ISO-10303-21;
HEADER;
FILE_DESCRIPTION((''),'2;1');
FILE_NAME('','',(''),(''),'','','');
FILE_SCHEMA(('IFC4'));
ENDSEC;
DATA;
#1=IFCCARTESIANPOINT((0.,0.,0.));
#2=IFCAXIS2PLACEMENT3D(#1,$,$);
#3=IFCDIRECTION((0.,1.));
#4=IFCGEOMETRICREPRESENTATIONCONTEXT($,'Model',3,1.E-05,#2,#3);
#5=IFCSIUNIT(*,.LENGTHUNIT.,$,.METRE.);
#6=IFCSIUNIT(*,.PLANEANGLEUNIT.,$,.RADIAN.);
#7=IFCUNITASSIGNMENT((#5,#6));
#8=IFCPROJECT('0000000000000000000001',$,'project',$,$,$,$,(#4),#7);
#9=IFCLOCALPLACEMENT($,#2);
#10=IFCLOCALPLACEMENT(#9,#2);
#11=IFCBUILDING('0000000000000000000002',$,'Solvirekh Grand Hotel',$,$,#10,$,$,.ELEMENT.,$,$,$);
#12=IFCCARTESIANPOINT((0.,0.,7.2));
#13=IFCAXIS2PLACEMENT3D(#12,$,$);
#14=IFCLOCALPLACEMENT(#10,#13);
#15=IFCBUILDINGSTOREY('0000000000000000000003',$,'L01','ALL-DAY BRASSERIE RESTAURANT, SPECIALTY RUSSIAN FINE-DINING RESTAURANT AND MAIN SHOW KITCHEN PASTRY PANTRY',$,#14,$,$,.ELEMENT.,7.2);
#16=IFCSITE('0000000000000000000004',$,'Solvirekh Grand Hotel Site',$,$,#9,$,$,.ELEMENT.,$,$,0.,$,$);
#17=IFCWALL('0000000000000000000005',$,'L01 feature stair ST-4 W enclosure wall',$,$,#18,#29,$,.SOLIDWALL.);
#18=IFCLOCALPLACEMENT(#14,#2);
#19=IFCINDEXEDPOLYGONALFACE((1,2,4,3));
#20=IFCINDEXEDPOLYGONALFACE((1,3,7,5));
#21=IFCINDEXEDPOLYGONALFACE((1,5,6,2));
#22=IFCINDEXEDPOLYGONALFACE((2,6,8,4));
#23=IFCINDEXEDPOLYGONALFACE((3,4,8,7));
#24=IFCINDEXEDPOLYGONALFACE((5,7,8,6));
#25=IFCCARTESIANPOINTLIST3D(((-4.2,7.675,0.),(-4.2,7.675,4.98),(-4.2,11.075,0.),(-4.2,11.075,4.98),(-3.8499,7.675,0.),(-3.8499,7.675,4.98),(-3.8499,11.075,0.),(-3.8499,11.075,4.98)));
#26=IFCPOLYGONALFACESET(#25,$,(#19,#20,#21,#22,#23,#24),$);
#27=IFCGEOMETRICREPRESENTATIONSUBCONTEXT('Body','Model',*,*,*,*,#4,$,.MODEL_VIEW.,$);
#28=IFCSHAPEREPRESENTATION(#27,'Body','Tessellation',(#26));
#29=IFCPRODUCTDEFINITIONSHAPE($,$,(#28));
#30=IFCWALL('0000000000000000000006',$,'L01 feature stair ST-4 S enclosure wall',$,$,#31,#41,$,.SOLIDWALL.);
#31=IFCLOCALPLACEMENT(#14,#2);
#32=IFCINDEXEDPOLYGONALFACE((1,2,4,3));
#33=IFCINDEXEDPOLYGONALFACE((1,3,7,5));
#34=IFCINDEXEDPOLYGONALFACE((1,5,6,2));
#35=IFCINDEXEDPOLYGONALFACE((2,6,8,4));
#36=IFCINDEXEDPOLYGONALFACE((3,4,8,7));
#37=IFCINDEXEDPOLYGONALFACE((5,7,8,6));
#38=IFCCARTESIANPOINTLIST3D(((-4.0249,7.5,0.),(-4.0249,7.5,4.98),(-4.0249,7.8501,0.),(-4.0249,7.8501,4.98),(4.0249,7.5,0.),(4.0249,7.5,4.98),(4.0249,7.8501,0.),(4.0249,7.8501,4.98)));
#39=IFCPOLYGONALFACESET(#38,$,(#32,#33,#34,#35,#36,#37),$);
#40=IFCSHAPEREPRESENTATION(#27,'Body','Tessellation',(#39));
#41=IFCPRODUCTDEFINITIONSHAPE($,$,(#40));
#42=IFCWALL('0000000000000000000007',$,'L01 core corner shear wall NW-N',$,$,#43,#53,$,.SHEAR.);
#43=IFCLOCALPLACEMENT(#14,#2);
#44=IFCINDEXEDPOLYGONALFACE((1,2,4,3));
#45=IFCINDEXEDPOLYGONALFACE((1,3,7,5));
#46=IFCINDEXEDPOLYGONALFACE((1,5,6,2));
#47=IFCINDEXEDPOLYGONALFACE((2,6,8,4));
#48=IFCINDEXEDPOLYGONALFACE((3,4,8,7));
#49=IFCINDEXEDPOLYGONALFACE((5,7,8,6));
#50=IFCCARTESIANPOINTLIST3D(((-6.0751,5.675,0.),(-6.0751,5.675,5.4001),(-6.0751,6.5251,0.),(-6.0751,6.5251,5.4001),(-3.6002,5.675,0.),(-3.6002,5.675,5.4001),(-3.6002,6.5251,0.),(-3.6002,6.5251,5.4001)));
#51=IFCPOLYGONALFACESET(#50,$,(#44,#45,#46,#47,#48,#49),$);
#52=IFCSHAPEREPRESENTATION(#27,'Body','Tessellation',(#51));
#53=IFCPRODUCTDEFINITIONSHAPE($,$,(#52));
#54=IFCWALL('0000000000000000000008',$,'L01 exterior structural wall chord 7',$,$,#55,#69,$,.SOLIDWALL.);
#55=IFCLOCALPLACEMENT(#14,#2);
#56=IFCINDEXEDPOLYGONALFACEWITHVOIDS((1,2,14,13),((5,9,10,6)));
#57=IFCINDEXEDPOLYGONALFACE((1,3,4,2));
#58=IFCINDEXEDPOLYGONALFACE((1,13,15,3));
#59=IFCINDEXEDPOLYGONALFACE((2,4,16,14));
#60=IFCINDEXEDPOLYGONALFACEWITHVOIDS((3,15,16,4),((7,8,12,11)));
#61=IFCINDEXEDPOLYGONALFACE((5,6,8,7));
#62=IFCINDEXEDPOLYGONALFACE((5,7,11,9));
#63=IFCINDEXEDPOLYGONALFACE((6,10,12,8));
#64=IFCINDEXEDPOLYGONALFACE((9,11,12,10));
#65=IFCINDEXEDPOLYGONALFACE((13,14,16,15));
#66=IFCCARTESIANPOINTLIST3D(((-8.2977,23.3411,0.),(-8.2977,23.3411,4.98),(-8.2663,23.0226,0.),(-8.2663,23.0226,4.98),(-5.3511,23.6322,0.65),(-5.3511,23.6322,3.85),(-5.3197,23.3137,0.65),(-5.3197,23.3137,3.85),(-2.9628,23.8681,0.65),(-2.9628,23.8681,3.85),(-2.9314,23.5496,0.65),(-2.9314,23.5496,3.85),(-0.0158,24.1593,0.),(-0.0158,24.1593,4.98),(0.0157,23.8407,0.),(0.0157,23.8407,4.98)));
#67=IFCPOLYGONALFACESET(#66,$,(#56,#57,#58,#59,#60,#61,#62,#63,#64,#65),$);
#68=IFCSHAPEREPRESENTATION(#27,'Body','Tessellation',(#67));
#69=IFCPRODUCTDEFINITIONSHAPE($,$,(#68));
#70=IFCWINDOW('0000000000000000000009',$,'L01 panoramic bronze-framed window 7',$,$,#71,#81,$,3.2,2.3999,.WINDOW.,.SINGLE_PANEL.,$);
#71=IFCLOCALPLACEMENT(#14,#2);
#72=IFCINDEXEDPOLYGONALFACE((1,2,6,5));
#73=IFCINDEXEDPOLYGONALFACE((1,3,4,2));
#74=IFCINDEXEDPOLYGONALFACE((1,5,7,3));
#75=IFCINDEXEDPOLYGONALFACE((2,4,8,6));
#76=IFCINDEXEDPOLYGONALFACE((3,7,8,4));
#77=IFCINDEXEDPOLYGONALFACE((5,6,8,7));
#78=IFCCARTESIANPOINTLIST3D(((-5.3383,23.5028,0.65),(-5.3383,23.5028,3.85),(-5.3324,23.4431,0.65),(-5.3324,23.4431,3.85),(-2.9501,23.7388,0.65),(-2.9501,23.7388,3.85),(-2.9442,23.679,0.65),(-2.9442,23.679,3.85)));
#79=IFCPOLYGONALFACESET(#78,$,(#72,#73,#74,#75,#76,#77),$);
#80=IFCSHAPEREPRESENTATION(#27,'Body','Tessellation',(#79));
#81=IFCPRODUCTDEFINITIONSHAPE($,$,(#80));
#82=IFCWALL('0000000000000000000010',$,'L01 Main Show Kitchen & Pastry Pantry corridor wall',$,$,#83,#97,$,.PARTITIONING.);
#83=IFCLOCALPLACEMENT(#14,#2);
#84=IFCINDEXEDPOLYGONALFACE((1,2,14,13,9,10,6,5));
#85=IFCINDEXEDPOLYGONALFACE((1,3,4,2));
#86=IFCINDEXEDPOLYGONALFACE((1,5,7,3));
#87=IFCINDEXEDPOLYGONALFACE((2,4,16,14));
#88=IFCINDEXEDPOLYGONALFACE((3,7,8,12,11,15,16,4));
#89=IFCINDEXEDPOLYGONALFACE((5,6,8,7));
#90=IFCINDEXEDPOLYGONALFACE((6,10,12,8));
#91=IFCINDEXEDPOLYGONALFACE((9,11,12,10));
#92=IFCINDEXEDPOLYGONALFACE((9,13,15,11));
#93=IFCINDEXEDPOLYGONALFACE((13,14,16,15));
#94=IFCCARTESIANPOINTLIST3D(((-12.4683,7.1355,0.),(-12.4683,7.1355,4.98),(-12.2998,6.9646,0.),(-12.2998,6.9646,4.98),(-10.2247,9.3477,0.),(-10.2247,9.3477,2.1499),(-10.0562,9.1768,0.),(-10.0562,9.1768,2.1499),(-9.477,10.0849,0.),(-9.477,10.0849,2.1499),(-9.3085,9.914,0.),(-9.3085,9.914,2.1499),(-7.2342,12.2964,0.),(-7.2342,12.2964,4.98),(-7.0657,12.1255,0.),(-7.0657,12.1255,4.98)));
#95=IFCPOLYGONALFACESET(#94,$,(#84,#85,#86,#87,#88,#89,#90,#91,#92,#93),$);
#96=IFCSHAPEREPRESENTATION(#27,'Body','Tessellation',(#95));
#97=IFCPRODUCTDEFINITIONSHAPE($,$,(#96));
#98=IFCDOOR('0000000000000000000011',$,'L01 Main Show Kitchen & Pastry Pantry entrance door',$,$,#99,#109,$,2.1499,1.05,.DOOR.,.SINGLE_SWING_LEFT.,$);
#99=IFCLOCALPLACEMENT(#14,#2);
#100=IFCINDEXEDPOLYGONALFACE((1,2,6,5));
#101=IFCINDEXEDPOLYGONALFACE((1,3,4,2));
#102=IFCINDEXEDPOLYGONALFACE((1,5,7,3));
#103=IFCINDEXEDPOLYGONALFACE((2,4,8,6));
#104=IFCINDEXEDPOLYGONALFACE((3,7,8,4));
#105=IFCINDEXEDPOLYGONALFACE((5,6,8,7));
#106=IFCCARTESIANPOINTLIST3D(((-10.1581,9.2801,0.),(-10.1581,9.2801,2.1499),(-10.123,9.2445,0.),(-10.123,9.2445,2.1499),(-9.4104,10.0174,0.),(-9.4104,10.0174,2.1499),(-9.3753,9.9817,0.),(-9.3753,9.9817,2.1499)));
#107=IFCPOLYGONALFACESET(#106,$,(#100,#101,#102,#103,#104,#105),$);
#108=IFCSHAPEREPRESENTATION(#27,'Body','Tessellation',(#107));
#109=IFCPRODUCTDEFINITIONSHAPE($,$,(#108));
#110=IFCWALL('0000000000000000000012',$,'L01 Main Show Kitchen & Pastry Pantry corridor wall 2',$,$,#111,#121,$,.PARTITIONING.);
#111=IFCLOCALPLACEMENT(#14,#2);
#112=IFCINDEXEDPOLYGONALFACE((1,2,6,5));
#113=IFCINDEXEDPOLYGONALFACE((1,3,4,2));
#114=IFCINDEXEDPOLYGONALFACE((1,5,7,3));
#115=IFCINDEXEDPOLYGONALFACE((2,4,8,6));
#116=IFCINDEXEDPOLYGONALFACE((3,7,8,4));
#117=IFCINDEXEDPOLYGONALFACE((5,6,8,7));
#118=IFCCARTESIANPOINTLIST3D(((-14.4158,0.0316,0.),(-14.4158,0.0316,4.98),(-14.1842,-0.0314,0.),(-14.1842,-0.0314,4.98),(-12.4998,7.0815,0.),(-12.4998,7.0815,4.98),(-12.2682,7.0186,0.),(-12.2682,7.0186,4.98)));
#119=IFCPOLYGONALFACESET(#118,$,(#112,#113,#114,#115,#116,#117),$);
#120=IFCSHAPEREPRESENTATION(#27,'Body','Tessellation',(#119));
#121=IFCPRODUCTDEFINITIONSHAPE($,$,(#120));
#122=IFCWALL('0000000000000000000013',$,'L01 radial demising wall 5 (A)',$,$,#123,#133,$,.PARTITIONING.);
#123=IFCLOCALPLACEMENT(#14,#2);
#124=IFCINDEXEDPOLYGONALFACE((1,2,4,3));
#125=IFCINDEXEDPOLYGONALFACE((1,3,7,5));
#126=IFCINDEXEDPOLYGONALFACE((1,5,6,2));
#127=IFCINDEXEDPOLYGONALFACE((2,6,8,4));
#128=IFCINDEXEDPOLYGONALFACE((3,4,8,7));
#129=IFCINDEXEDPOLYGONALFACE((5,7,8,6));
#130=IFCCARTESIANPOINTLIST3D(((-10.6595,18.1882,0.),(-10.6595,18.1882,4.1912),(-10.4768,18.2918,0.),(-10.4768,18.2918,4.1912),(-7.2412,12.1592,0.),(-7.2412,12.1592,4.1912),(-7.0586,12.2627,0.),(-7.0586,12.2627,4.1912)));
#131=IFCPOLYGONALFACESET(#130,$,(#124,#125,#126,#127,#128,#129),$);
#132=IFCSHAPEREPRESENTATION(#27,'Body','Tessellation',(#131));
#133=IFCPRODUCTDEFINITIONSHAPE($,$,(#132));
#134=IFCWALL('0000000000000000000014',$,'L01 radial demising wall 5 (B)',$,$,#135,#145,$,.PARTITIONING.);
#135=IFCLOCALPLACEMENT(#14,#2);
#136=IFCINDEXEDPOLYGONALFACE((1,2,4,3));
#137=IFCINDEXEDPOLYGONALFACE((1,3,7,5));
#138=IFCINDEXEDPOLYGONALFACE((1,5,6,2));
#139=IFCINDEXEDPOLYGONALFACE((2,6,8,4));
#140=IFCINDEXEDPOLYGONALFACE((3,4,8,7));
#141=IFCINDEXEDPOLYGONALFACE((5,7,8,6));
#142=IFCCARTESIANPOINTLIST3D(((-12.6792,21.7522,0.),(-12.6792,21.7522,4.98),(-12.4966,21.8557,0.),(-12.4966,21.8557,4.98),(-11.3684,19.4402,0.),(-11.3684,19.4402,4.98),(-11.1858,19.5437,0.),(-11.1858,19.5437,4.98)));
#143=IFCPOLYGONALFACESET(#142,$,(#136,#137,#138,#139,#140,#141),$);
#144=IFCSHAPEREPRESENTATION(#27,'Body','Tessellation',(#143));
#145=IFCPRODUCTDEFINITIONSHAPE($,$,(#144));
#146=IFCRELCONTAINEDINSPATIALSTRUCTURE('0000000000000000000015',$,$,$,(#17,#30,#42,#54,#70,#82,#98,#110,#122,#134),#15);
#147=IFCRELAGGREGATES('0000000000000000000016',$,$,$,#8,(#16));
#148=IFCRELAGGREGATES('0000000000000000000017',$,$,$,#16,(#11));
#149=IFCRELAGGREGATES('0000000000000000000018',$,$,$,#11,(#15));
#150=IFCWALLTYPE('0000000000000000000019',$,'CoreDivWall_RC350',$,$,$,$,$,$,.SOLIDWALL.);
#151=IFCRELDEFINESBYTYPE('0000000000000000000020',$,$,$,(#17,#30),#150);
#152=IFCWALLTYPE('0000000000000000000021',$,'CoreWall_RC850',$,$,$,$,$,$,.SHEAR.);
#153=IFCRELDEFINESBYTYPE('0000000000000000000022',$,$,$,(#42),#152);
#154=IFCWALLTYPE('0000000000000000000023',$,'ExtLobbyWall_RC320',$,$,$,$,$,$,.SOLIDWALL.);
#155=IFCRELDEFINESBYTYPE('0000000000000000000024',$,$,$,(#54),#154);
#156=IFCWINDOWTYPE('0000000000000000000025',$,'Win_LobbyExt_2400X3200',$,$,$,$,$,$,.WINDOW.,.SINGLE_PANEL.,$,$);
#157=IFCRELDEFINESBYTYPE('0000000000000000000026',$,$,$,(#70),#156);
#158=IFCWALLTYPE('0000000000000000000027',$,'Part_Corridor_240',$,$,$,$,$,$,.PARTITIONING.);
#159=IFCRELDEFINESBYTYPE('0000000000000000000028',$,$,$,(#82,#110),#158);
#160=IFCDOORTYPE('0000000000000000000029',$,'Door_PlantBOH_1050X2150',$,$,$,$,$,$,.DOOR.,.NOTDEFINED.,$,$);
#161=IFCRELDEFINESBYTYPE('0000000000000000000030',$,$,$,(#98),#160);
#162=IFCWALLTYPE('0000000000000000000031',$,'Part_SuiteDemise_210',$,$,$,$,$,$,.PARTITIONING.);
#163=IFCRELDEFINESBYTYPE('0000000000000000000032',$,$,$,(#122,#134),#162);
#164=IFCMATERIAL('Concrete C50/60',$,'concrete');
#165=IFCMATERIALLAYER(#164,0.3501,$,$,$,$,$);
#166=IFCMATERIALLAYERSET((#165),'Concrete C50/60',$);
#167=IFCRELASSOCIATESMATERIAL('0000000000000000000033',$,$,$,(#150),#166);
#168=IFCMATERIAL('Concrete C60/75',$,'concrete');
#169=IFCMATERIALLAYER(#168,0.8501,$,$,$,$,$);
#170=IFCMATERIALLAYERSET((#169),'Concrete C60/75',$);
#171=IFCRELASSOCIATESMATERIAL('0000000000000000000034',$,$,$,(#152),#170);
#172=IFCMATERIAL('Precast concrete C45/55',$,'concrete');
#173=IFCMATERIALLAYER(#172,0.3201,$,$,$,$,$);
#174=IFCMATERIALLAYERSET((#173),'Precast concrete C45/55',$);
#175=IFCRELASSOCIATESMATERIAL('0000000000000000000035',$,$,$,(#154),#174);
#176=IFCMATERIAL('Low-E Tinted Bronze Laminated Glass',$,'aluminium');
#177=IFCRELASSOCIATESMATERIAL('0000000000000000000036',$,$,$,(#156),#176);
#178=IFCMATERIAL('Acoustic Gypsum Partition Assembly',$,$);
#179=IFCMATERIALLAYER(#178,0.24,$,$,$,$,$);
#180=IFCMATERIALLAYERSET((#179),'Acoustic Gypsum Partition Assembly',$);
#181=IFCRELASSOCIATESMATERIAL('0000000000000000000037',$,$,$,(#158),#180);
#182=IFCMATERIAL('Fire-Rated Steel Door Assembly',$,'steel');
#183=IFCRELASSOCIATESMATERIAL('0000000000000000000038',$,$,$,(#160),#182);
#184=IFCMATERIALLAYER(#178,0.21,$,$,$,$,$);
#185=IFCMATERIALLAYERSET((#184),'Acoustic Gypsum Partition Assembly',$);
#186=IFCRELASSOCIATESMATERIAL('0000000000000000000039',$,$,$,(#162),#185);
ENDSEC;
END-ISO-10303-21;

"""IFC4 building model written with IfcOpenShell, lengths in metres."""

from ifc_helpers import new_model, si_unit, direction, frame, frame_2d, origin, place, context, subcontext, project, spatial, rectangle, extrude, material, layer, layer_set, type_object, element, fill, save


model = new_model("IFC4")

# Units and contexts
model_context = context("Model", 3, precision=1e-05, world=origin(), true_north=direction((0.0, 1.0)))
body_context = subcontext(model_context, "Body", "Model", "MODEL_VIEW")
ifc_project = project(units=[si_unit("LENGTHUNIT", "METRE"), si_unit("PLANEANGLEUNIT", "RADIAN")], contexts=[model_context])

# Site, building, storey
site_placement = place(None, origin())
site = spatial("IfcSite", under=ifc_project, at=site_placement, Name="Solvirekh Grand Hotel Site", CompositionType="ELEMENT", RefElevation=0.0)
building_placement = place(site_placement, origin())
building = spatial("IfcBuilding", under=site, at=building_placement, Name="Solvirekh Grand Hotel", CompositionType="ELEMENT")
storey_placement = place(building_placement, frame((0.0, 0.0, 7.2)))
storey = spatial("IfcBuildingStorey", under=building, at=storey_placement, Name="L01", Description="ALL-DAY BRASSERIE RESTAURANT, SPECIALTY RUSSIAN FINE-DINING RESTAURANT AND MAIN SHOW KITCHEN PASTRY PANTRY", CompositionType="ELEMENT", Elevation=7.2)

# Shared definitions
ifc_material_1 = material(Name="Concrete C60/75", Category="concrete")

# Shared definitions
ifc_material_2 = material(Name="Low-E Tinted Bronze Laminated Glass", Category="aluminium")

# Walls
ifc_material_3 = material(Name="Concrete C50/60", Category="concrete")
ifc_layer_1 = layer(ifc_material_3, 0.3501)
ifc_layer_set_1 = layer_set([ifc_layer_1], Name="Concrete C50/60")
wall_type_1 = type_object("IfcWallType", Name="CoreDivWall_RC350", PredefinedType="SOLIDWALL", material=ifc_layer_set_1)
wall_1_placement = place(storey_placement, frame((-4.0249, 11.075, 0.0), z_axis=(0.0, 0.0, 1.0), x_axis=(0.0, -1.0, 0.0)))
element("IfcWall", 1, at=wall_1_placement, inside=storey, type_object=wall_type_1, Name="L01 feature stair ST-4 W enclosure wall", PredefinedType="SOLIDWALL", context=body_context, shape_type="SweptSolid", body=[
    extrude(rectangle(XDim=3.3999, YDim=0.3501, at=frame_2d((1.7, 0.0))), origin(), (0.0, 0.0, 1.0), 4.98),
])
wall_2_placement = place(storey_placement, frame((-4.0249, 7.675, 0.0), z_axis=(0.0, 0.0, 1.0), x_axis=(1.0, 0.0, 0.0)))
element("IfcWall", 2, at=wall_2_placement, inside=storey, type_object=wall_type_1, Name="L01 feature stair ST-4 S enclosure wall", PredefinedType="SOLIDWALL", context=body_context, shape_type="SweptSolid", body=[
    extrude(rectangle(XDim=8.0498, YDim=0.3501, at=frame_2d((4.0249, 0.0))), origin(), (0.0, 0.0, 1.0), 4.98),
])
ifc_layer_2 = layer(ifc_material_1, 0.8501)
ifc_layer_set_2 = layer_set([ifc_layer_2], Name="Concrete C60/75")
wall_type_2 = type_object("IfcWallType", Name="CoreWall_RC850", PredefinedType="SHEAR", material=ifc_layer_set_2)
wall_3_placement = place(storey_placement, frame((-6.075, 6.1001, 0.0), z_axis=(0.0, 0.0, 1.0), x_axis=(1.0, 0.0, 0.0)))
element("IfcWall", 3, at=wall_3_placement, inside=storey, type_object=wall_type_2, Name="L01 core corner shear wall NW-N", PredefinedType="SHEAR", context=body_context, shape_type="SweptSolid", body=[
    extrude(rectangle(XDim=2.4749, YDim=0.8501, at=frame_2d((1.2373, 0.0))), origin(), (0.0, 0.0, 1.0), 5.4001),
])

# Wall, opening, window
ifc_material_4 = material(Name="Precast concrete C45/55", Category="concrete")
ifc_layer_3 = layer(ifc_material_4, 0.3201)
ifc_layer_set_3 = layer_set([ifc_layer_3], Name="Precast concrete C45/55")
wall_type_3 = type_object("IfcWallType", Name="ExtLobbyWall_RC320", PredefinedType="SOLIDWALL", material=ifc_layer_set_3)
wall_4_placement = place(storey_placement, frame((-8.282, 23.1819, 0.0), z_axis=(0.0, 0.0, 1.0), x_axis=(0.995156, 0.098304, 0.0)))
wall_4 = element("IfcWall", 4, at=wall_4_placement, inside=storey, type_object=wall_type_3, Name="L01 exterior structural wall chord 7", PredefinedType="SOLIDWALL", context=body_context, shape_type="SweptSolid", body=[
    extrude(rectangle(XDim=8.3223, YDim=0.3201, at=frame_2d((4.1611, 0.0))), origin(), (0.0, 0.0, 1.0), 4.98),
])
opening_1_placement = place(wall_4_placement, frame((2.9609, 0.0, 0.6499)))
opening_1 = element("IfcOpeningElement", 5, at=opening_1_placement, cuts=wall_4, PredefinedType="OPENING", context=body_context, shape_type="SweptSolid", body=[
    extrude(rectangle(XDim=2.3999, YDim=3.2, at=frame_2d((1.2, 1.6001))), frame((0.0, 0.1699, 0.0), z_axis=(0.0, -1.0, 0.0), x_axis=(1.0, 0.0, 0.0)), (0.0, 0.0, 1.0), 0.3401),
])
window_type = type_object("IfcWindowType", Name="Win_LobbyExt_2400X3200", PartitioningType="SINGLE_PANEL", PredefinedType="WINDOW", material=ifc_material_2)
window_placement = place(opening_1_placement, origin())
window = element("IfcWindow", 6, at=window_placement, inside=storey, type_object=window_type, Name="L01 panoramic bronze-framed window 7", OverallHeight=3.2, OverallWidth=2.3999, PartitioningType="SINGLE_PANEL", PredefinedType="WINDOW", context=body_context, shape_type="SweptSolid", body=[
    extrude(rectangle(XDim=2.3999, YDim=3.2, at=frame_2d((1.2, 1.6001))), frame((0.0, 0.03, 0.0), z_axis=(0.0, -1.0, 0.0), x_axis=(1.0, 0.0, 0.0)), (0.0, 0.0, 1.0), 0.0601),
])
fill(opening_1, window)

# Wall, opening, door
ifc_material_5 = material(Name="Acoustic Gypsum Partition Assembly")
ifc_layer_4 = layer(ifc_material_5, 0.24)
ifc_layer_set_4 = layer_set([ifc_layer_4], Name="Acoustic Gypsum Partition Assembly")
wall_type_4 = type_object("IfcWallType", Name="Part_Corridor_240", PredefinedType="PARTITIONING", material=ifc_layer_set_4)
wall_5_placement = place(storey_placement, frame((-7.1499, 12.2109, 0.0), z_axis=(0.0, 0.0, 1.0), x_axis=(-0.712071, -0.702107, 0.0)))
wall_5 = element("IfcWall", 7, at=wall_5_placement, inside=storey, type_object=wall_type_4, Name="L01 Main Show Kitchen & Pastry Pantry corridor wall", PredefinedType="PARTITIONING", context=body_context, shape_type="SweptSolid", body=[
    extrude(rectangle(XDim=7.3506, YDim=0.24, at=frame_2d((3.6753, 0.0))), origin(), (0.0, 0.0, 1.0), 4.98),
])
opening_2_placement = place(wall_5_placement, frame((3.1499, 0.0, 0.0)))
opening_2 = element("IfcOpeningElement", 8, at=opening_2_placement, cuts=wall_5, PredefinedType="OPENING", context=body_context, shape_type="SweptSolid", body=[
    extrude(rectangle(XDim=1.05, YDim=2.1499, at=frame_2d((0.5249, 1.075))), frame((0.0, 0.1299, 0.0), z_axis=(0.0, -1.0, 0.0), x_axis=(1.0, 0.0, 0.0)), (0.0, 0.0, 1.0), 0.26),
])
ifc_material_6 = material(Name="Fire-Rated Steel Door Assembly", Category="steel")
door_type = type_object("IfcDoorType", Name="Door_PlantBOH_1050X2150", OperationType="NOTDEFINED", PredefinedType="DOOR", material=ifc_material_6)
door_placement = place(opening_2_placement, origin())
door = element("IfcDoor", 9, at=door_placement, inside=storey, type_object=door_type, Name="L01 Main Show Kitchen & Pastry Pantry entrance door", OperationType="SINGLE_SWING_LEFT", OverallHeight=2.1499, OverallWidth=1.05, PredefinedType="DOOR", context=body_context, shape_type="SweptSolid", body=[
    extrude(rectangle(XDim=1.05, YDim=2.1499, at=frame_2d((0.5249, 1.075))), frame((0.0, 0.0249, 0.0), z_axis=(0.0, -1.0, 0.0), x_axis=(1.0, 0.0, 0.0)), (0.0, 0.0, 1.0), 0.05),
])
fill(opening_2, door)

# Walls
wall_6_placement = place(storey_placement, frame((-12.384, 7.05, 0.0), z_axis=(0.0, 0.0, 1.0), x_axis=(-0.262261, -0.964997, 0.0)))
element("IfcWall", 10, at=wall_6_placement, inside=storey, type_object=wall_type_4, Name="L01 Main Show Kitchen & Pastry Pantry corridor wall 2", PredefinedType="PARTITIONING", context=body_context, shape_type="SweptSolid", body=[
    extrude(rectangle(XDim=7.3057, YDim=0.24, at=frame_2d((3.6528, 0.0))), origin(), (0.0, 0.0, 1.0), 4.98),
])
ifc_layer_5 = layer(ifc_material_5, 0.21)
ifc_layer_set_5 = layer_set([ifc_layer_5], Name="Acoustic Gypsum Partition Assembly")
wall_type_5 = type_object("IfcWallType", Name="Part_SuiteDemise_210", PredefinedType="PARTITIONING", material=ifc_layer_set_5)
wall_7_placement = place(storey_placement, frame((-7.1499, 12.2109, 0.0), z_axis=(0.0, 0.0, 1.0), x_axis=(-0.493204, 0.869914, 0.0)))
element("IfcWall", 11, at=wall_7_placement, inside=storey, type_object=wall_type_5, Name="L01 radial demising wall 5 (A)", PredefinedType="PARTITIONING", context=body_context, shape_type="SweptSolid", body=[
    extrude(rectangle(XDim=6.9307, YDim=0.21, at=frame_2d((3.4653, 0.0))), origin(), (0.0, 0.0, 1.0), 4.1912),
])
wall_8_placement = place(storey_placement, frame((-11.2771, 19.4919, 0.0), z_axis=(0.0, 0.0, 1.0), x_axis=(-0.493198, 0.869917, 0.0)))
element("IfcWall", 12, at=wall_8_placement, inside=storey, type_object=wall_type_5, Name="L01 radial demising wall 5 (B)", PredefinedType="PARTITIONING", context=body_context, shape_type="SweptSolid", body=[
    extrude(rectangle(XDim=2.6577, YDim=0.21, at=frame_2d((1.3289, 0.0))), origin(), (0.0, 0.0, 1.0), 4.98),
])

save(model, "model.ifc")
